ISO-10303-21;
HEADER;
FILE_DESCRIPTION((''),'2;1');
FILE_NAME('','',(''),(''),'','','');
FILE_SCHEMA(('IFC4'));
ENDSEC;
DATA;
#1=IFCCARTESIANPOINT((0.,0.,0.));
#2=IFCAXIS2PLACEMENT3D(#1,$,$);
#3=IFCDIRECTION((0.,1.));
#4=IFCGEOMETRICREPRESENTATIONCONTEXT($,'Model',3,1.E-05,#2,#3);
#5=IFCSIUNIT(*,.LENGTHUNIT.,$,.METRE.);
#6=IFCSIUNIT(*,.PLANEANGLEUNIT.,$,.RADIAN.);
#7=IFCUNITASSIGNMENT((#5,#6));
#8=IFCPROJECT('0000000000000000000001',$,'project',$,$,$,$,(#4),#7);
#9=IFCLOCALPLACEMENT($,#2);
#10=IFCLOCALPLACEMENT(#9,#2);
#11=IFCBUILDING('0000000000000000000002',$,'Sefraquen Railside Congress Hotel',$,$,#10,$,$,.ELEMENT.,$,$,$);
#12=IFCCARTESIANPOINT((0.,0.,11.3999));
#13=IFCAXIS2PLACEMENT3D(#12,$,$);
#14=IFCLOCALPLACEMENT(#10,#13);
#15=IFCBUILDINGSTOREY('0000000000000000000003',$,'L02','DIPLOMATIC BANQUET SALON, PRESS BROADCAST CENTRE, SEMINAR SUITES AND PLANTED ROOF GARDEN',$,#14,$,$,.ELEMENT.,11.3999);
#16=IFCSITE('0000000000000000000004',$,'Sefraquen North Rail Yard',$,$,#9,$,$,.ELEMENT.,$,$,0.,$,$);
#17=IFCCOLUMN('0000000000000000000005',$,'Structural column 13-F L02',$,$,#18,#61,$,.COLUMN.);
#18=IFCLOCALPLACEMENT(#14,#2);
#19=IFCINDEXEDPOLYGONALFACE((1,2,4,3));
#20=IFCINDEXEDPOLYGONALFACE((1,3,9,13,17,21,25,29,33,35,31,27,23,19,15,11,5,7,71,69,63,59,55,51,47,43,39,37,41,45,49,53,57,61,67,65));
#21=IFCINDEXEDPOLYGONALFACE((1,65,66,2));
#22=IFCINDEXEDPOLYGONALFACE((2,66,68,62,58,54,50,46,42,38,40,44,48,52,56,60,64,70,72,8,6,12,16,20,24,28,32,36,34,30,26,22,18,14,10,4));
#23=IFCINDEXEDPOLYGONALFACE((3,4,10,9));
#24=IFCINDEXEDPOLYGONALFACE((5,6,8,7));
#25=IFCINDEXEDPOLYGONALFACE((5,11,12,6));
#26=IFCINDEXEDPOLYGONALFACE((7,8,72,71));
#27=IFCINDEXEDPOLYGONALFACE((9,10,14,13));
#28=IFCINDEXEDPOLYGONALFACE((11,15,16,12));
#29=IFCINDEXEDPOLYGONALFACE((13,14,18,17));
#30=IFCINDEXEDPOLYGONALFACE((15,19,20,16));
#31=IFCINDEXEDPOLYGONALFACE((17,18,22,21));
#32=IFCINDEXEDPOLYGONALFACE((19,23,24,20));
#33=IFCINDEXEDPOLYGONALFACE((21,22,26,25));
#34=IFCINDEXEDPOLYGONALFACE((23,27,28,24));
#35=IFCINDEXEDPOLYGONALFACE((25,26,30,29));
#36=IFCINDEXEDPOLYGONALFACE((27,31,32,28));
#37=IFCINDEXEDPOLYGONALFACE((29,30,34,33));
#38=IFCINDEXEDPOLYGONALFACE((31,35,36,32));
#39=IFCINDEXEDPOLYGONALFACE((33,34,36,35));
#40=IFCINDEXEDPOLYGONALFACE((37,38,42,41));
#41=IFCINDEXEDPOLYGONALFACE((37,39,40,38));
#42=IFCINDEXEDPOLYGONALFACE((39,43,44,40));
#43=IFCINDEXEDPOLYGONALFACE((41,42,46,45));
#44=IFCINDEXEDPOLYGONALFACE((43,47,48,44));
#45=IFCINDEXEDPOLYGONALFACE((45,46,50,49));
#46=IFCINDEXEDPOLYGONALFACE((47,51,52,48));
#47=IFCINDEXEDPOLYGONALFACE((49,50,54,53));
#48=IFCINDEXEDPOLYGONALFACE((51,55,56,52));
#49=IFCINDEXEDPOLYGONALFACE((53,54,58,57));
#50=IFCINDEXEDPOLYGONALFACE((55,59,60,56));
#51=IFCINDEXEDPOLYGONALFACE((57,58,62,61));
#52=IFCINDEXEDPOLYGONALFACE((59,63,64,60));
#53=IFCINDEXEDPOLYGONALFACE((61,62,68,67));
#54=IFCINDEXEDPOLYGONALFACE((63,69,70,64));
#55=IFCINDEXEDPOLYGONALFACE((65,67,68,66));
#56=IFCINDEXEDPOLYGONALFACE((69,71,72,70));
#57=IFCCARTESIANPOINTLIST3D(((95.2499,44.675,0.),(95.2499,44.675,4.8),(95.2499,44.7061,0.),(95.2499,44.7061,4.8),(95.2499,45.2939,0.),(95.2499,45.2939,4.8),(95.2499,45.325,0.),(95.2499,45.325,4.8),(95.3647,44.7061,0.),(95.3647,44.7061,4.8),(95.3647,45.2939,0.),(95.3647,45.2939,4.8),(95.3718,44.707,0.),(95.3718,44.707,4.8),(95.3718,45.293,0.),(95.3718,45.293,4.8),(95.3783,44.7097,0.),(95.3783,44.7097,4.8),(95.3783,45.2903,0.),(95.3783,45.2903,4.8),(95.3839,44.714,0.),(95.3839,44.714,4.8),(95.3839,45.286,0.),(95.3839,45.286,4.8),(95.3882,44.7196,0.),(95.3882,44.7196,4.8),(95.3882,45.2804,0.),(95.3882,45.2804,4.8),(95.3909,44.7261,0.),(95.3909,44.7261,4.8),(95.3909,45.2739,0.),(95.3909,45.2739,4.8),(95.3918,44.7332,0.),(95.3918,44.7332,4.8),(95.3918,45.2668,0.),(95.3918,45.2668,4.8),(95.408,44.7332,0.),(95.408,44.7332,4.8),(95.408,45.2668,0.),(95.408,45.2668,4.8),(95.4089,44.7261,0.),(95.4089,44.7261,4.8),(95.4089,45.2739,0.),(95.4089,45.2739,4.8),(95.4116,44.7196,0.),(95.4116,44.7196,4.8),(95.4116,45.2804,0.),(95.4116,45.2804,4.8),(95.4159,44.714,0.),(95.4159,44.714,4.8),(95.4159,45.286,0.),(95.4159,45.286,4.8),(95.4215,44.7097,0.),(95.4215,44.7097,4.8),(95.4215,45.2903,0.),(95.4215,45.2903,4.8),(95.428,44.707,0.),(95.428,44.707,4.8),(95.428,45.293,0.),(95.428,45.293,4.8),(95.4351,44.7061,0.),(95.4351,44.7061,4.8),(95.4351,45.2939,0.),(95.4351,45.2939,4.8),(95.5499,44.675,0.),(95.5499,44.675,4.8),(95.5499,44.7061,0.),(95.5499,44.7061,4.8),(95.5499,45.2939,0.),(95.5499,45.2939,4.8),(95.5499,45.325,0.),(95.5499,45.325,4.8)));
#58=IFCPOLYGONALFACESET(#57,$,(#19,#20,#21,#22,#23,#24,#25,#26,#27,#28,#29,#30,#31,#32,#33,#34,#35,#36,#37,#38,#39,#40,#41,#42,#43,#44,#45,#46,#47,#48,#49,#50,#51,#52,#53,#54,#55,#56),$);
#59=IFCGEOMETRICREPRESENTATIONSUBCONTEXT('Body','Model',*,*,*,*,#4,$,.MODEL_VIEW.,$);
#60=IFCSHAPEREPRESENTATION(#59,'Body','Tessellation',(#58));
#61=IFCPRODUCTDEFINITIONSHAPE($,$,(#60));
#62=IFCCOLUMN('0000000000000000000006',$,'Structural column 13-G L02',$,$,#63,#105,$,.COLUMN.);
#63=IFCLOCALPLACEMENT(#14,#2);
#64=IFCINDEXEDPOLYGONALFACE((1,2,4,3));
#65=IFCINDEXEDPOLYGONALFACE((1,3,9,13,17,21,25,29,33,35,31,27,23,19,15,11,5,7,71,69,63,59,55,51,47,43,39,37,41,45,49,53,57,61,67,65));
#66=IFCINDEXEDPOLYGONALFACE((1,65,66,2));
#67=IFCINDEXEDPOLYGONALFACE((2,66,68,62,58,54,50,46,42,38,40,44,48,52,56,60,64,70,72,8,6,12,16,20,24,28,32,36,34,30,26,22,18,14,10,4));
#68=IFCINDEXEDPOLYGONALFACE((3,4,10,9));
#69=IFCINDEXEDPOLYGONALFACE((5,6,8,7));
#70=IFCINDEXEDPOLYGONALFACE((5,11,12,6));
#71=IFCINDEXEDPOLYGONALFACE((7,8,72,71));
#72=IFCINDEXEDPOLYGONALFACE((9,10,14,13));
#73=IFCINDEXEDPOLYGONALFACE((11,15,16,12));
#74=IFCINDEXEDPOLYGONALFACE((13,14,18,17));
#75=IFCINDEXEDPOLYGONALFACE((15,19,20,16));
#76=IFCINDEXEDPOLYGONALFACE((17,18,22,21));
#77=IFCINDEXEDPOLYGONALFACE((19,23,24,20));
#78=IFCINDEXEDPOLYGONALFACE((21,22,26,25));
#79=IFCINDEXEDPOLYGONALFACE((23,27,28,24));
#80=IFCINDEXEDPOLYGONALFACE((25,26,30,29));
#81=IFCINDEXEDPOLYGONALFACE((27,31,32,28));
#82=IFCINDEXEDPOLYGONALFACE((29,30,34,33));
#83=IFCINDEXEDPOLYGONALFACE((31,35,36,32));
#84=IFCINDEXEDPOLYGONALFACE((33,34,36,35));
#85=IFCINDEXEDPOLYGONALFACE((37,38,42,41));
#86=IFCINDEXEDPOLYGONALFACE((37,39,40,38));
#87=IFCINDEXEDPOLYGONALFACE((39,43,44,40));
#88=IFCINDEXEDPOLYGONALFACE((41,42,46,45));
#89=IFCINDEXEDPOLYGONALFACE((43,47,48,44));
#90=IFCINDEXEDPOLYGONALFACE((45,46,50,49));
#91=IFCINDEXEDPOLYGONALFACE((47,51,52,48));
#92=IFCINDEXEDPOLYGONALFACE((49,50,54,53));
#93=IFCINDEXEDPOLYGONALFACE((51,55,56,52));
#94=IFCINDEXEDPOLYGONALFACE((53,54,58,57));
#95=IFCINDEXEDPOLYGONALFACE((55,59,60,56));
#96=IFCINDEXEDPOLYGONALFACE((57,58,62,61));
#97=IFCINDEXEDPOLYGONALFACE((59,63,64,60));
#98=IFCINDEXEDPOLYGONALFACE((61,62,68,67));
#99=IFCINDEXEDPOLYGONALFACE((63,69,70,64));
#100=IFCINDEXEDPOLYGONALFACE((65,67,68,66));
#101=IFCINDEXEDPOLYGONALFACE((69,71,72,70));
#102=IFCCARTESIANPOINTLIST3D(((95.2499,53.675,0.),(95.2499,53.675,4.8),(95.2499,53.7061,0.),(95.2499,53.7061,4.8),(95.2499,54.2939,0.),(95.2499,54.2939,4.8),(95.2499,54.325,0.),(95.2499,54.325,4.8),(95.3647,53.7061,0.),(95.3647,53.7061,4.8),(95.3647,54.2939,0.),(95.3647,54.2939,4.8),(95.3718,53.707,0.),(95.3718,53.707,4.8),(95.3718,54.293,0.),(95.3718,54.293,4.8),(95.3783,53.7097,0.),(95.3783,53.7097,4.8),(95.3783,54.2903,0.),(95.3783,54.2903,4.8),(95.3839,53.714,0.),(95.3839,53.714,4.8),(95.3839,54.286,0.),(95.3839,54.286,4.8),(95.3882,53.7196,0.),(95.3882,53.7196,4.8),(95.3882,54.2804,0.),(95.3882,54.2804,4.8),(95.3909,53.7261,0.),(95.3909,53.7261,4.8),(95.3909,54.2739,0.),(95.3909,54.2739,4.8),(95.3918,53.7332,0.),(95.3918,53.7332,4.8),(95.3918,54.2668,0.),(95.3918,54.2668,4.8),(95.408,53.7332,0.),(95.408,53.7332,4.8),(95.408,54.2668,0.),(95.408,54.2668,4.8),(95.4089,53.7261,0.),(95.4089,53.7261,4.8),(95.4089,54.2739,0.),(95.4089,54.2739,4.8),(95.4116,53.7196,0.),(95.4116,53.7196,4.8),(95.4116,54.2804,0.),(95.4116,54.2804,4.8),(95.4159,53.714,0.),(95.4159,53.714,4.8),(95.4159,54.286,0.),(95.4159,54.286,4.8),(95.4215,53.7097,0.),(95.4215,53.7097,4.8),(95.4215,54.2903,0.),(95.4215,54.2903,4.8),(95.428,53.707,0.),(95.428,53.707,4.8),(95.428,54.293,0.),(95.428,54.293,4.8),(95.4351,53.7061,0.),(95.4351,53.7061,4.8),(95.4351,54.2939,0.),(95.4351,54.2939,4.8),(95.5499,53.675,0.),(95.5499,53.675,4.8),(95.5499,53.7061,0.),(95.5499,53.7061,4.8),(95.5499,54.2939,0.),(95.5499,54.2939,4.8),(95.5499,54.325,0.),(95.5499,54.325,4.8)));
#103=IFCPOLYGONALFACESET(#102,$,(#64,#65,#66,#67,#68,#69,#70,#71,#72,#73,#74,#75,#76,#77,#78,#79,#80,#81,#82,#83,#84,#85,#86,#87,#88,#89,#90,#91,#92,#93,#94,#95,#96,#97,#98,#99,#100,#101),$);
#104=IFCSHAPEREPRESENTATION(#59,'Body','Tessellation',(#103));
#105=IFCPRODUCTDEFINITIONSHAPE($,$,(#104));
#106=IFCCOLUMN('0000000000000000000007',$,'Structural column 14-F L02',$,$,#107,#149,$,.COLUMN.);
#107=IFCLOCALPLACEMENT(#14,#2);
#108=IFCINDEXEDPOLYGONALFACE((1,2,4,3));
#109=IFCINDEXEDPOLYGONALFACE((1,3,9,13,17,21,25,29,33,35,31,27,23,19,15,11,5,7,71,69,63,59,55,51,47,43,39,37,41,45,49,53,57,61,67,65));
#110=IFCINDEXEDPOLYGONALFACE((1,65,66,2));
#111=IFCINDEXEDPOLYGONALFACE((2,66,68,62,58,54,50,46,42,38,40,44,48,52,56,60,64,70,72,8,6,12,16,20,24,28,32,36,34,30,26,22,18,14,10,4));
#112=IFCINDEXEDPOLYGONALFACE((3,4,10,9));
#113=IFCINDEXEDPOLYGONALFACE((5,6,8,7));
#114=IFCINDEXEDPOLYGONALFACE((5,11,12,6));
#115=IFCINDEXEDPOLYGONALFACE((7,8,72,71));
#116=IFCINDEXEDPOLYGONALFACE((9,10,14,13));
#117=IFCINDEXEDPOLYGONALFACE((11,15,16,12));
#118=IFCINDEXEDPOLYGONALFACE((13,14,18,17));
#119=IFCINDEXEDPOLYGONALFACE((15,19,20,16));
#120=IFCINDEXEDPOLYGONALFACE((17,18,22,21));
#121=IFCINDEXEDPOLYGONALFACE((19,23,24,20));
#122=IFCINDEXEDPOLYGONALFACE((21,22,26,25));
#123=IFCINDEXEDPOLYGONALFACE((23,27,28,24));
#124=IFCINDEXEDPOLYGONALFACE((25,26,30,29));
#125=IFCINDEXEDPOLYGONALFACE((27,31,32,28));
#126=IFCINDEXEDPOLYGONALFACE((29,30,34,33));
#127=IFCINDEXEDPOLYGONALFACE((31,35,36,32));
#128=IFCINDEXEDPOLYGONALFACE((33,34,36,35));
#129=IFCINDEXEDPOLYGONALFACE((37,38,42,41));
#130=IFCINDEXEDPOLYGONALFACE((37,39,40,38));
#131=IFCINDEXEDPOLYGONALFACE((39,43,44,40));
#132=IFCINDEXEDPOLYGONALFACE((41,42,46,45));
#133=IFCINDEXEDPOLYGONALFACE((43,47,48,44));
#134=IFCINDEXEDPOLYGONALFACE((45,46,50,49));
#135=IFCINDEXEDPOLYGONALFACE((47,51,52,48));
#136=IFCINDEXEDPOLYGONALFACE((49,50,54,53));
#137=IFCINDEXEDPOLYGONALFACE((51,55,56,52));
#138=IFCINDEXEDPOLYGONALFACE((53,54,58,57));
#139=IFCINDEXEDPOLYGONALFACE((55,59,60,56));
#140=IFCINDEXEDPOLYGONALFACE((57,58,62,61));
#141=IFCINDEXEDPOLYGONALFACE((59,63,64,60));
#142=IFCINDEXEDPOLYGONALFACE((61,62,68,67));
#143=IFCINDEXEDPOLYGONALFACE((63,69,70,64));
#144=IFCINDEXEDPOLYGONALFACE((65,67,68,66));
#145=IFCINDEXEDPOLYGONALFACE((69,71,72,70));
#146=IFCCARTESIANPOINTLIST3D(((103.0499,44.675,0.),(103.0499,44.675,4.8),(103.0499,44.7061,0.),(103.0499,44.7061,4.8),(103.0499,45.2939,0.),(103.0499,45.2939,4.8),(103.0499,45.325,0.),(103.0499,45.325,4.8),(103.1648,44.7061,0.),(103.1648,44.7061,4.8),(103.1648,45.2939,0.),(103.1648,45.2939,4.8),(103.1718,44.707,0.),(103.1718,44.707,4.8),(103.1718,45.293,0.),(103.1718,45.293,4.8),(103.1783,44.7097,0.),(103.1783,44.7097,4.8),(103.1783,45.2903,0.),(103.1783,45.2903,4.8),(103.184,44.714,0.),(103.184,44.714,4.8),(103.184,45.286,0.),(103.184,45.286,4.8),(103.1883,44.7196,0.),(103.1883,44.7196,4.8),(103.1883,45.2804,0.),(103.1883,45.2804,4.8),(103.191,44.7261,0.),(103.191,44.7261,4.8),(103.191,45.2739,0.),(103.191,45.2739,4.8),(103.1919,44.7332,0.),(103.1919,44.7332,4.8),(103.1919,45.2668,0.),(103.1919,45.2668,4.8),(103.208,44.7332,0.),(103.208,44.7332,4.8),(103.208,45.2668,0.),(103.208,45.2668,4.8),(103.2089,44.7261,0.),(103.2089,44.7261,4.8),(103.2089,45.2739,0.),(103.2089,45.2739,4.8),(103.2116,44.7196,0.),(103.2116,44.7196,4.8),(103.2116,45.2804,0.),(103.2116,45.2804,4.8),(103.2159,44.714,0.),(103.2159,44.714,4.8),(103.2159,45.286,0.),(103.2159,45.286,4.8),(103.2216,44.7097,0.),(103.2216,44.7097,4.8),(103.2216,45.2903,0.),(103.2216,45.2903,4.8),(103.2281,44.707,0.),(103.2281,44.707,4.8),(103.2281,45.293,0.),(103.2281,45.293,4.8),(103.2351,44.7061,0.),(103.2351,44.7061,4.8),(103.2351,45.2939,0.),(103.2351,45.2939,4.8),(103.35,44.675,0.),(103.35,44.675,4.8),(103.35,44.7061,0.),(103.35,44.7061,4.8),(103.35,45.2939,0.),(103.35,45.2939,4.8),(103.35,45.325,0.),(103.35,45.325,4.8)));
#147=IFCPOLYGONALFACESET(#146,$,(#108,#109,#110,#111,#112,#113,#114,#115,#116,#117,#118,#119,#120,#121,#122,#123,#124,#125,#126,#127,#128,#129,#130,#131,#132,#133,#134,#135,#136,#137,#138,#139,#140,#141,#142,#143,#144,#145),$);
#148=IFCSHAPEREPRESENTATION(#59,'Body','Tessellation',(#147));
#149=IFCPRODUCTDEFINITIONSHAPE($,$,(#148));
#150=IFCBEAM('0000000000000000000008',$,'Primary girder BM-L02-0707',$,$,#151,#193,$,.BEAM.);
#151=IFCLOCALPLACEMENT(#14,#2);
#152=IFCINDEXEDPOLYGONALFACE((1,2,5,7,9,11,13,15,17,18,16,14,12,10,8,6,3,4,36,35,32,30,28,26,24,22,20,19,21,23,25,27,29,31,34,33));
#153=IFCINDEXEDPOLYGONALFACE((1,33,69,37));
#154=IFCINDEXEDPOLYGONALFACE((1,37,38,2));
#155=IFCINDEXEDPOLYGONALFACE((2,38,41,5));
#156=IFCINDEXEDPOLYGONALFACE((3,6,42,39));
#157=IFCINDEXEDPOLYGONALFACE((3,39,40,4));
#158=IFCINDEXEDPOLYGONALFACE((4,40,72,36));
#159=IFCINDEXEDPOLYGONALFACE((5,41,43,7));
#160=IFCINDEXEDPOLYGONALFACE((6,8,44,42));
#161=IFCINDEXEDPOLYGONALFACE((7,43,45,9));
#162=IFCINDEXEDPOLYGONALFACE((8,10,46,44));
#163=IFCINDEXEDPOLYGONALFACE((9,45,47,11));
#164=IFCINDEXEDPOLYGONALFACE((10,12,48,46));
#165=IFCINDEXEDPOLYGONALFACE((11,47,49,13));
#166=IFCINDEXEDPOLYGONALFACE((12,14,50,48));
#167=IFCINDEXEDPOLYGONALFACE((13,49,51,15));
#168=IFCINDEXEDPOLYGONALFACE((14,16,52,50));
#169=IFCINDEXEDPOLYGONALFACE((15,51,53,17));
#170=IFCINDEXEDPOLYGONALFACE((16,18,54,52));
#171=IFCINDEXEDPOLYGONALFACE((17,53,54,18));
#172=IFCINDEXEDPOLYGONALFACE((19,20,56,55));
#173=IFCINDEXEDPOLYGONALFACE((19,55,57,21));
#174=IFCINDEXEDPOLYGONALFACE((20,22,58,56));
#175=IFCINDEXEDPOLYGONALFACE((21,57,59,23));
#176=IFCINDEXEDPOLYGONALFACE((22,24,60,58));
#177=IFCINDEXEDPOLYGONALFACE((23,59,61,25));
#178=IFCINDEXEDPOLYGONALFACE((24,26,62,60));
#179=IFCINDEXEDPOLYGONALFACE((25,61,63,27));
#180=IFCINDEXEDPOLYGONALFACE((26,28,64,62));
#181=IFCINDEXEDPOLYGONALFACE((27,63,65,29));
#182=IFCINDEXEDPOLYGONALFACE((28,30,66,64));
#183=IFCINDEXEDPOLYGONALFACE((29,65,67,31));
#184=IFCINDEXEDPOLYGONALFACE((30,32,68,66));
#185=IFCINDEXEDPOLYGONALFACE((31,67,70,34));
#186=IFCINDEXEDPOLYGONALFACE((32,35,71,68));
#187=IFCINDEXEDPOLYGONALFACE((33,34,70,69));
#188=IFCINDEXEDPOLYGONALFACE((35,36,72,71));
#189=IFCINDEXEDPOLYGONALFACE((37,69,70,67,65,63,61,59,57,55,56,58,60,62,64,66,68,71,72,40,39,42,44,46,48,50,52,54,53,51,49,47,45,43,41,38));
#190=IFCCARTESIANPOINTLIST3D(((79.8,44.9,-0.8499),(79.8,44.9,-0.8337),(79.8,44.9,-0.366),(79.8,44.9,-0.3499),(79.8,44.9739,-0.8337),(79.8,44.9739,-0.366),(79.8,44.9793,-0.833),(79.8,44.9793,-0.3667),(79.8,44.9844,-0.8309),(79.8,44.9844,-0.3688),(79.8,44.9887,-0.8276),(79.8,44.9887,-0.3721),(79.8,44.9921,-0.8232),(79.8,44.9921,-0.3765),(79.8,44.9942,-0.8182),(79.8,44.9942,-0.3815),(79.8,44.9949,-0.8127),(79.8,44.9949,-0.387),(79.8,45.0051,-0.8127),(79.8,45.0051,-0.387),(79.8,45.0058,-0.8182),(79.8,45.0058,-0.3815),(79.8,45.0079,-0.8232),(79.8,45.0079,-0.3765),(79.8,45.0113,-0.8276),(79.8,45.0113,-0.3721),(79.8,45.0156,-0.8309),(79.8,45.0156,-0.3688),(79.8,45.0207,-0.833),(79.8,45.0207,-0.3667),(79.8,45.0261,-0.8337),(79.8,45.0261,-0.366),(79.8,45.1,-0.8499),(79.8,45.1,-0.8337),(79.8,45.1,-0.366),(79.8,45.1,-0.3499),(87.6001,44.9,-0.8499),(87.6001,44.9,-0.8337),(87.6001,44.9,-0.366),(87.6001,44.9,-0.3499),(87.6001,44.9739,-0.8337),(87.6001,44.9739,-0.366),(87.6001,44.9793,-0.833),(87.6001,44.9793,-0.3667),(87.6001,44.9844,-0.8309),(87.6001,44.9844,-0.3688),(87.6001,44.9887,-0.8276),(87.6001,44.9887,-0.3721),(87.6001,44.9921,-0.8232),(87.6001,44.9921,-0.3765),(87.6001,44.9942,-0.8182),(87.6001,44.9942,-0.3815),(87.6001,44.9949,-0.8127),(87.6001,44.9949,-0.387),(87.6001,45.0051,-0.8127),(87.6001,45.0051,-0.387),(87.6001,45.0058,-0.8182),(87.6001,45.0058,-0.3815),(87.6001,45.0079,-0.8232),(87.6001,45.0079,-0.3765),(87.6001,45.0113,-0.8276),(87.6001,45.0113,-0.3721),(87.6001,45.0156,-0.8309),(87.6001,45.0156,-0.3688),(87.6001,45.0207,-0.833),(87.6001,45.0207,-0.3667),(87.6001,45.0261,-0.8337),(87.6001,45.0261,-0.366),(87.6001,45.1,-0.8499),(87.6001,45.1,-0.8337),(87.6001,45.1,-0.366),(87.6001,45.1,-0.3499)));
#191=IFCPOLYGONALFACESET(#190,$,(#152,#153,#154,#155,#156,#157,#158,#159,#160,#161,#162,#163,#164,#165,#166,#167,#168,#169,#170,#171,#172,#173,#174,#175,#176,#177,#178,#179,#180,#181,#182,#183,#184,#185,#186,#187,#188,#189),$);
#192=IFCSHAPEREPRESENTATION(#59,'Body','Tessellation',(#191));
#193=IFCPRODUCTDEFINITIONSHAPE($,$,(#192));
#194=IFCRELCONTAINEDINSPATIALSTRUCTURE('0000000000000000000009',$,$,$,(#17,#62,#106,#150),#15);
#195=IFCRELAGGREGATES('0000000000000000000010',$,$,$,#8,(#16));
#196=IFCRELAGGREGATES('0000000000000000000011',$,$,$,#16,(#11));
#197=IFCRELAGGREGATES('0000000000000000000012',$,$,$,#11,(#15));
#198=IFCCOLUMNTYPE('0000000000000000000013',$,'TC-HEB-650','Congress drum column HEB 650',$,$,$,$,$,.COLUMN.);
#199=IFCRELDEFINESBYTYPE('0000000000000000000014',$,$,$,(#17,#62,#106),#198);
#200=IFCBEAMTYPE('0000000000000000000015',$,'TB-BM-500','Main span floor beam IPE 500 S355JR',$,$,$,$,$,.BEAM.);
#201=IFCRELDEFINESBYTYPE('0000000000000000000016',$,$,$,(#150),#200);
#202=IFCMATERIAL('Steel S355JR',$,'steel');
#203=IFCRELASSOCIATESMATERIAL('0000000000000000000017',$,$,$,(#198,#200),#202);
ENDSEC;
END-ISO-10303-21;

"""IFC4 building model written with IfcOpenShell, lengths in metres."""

from ifc_helpers import new_model, si_unit, direction, frame, origin, origin_2d, place, context, subcontext, project, spatial, i_section, extrude, material, material_profile, profile_set, type_object, element, save


model = new_model("IFC4")

# Units and contexts
model_context = context("Model", 3, precision=1e-05, world=origin(), true_north=direction((0.0, 1.0)))
body_context = subcontext(model_context, "Body", "Model", "MODEL_VIEW")
ifc_project = project(units=[si_unit("LENGTHUNIT", "METRE"), si_unit("PLANEANGLEUNIT", "RADIAN")], contexts=[model_context])

# Site, building, storey
site_placement = place(None, origin())
site = spatial("IfcSite", under=ifc_project, at=site_placement, Name="Sefraquen North Rail Yard", CompositionType="ELEMENT", RefElevation=0.0)
building_placement = place(site_placement, origin())
building = spatial("IfcBuilding", under=site, at=building_placement, Name="Sefraquen Railside Congress Hotel", CompositionType="ELEMENT")
storey_placement = place(building_placement, frame((0.0, 0.0, 11.3999)))
storey = spatial("IfcBuildingStorey", under=building, at=storey_placement, Name="L02", Description="DIPLOMATIC BANQUET SALON, PRESS BROADCAST CENTRE, SEMINAR SUITES AND PLANTED ROOF GARDEN", CompositionType="ELEMENT", Elevation=11.3999)

# Columns
ifc_material_1 = material(Name="Steel S355JR", Category="steel")
ifc_material_profile_1 = material_profile(ifc_material_1, i_section(OverallWidth=0.3, OverallDepth=0.6499, WebThickness=0.0161, FlangeThickness=0.031, FilletRadius=0.0271, at=origin_2d()), Name="HEB 650")
ifc_profile_set_1 = profile_set([ifc_material_profile_1], Name="Steel S355JR")
column_type_1 = type_object("IfcColumnType", Name="TC-HEB-650", Description="Congress drum column HEB 650", PredefinedType="COLUMN", material=ifc_profile_set_1)
for number, where, z_axis, x_axis, name in (
    (1, (95.3999, 45.0, 0.0), (0.0, 0.0, 1.0), (1.0, 0.0, 0.0), "Structural column 13-F L02"),
    (2, (95.3999, 54.0, 0.0), (0.0, 0.0, 1.0), (1.0, 0.0, 0.0), "Structural column 13-G L02"),
    (3, (103.2, 45.0, 0.0), (0.0, 0.0, 1.0), (1.0, 0.0, 0.0), "Structural column 14-F L02"),
):
    element("IfcColumn", number, at=place(storey_placement, frame(where, z_axis=z_axis, x_axis=x_axis)), inside=storey, type_object=column_type_1, Name=name, PredefinedType="COLUMN", context=body_context, shape_type="SweptSolid", body=[
        extrude(i_section(OverallWidth=0.3, OverallDepth=0.6499, WebThickness=0.0161, FlangeThickness=0.031, FilletRadius=0.0271, at=origin_2d()), origin(), (0.0, 0.0, 1.0), 4.8),
    ])

# Beam
ifc_material_profile_2 = material_profile(ifc_material_1, i_section(OverallWidth=0.2, OverallDepth=0.5, WebThickness=0.0103, FlangeThickness=0.0161, FilletRadius=0.021, at=origin_2d()), Name="IPE 500")
ifc_profile_set_2 = profile_set([ifc_material_profile_2], Name="Steel S355JR")
beam_type_1 = type_object("IfcBeamType", Name="TB-BM-500", Description="Main span floor beam IPE 500 S355JR", PredefinedType="BEAM", material=ifc_profile_set_2)
beam_1_placement = place(storey_placement, frame((79.8, 45.0, -0.5999), z_axis=(1.0, 0.0, 0.0), x_axis=(0.0, 1.0, 0.0)))
element("IfcBeam", 4, at=beam_1_placement, inside=storey, type_object=beam_type_1, Name="Primary girder BM-L02-0707", PredefinedType="BEAM", context=body_context, shape_type="SweptSolid", body=[
    extrude(i_section(OverallWidth=0.2, OverallDepth=0.5, WebThickness=0.0103, FlangeThickness=0.0161, FilletRadius=0.021, at=origin_2d()), origin(), (0.0, 0.0, 1.0), 7.8),
])

save(model, "model.ifc")
